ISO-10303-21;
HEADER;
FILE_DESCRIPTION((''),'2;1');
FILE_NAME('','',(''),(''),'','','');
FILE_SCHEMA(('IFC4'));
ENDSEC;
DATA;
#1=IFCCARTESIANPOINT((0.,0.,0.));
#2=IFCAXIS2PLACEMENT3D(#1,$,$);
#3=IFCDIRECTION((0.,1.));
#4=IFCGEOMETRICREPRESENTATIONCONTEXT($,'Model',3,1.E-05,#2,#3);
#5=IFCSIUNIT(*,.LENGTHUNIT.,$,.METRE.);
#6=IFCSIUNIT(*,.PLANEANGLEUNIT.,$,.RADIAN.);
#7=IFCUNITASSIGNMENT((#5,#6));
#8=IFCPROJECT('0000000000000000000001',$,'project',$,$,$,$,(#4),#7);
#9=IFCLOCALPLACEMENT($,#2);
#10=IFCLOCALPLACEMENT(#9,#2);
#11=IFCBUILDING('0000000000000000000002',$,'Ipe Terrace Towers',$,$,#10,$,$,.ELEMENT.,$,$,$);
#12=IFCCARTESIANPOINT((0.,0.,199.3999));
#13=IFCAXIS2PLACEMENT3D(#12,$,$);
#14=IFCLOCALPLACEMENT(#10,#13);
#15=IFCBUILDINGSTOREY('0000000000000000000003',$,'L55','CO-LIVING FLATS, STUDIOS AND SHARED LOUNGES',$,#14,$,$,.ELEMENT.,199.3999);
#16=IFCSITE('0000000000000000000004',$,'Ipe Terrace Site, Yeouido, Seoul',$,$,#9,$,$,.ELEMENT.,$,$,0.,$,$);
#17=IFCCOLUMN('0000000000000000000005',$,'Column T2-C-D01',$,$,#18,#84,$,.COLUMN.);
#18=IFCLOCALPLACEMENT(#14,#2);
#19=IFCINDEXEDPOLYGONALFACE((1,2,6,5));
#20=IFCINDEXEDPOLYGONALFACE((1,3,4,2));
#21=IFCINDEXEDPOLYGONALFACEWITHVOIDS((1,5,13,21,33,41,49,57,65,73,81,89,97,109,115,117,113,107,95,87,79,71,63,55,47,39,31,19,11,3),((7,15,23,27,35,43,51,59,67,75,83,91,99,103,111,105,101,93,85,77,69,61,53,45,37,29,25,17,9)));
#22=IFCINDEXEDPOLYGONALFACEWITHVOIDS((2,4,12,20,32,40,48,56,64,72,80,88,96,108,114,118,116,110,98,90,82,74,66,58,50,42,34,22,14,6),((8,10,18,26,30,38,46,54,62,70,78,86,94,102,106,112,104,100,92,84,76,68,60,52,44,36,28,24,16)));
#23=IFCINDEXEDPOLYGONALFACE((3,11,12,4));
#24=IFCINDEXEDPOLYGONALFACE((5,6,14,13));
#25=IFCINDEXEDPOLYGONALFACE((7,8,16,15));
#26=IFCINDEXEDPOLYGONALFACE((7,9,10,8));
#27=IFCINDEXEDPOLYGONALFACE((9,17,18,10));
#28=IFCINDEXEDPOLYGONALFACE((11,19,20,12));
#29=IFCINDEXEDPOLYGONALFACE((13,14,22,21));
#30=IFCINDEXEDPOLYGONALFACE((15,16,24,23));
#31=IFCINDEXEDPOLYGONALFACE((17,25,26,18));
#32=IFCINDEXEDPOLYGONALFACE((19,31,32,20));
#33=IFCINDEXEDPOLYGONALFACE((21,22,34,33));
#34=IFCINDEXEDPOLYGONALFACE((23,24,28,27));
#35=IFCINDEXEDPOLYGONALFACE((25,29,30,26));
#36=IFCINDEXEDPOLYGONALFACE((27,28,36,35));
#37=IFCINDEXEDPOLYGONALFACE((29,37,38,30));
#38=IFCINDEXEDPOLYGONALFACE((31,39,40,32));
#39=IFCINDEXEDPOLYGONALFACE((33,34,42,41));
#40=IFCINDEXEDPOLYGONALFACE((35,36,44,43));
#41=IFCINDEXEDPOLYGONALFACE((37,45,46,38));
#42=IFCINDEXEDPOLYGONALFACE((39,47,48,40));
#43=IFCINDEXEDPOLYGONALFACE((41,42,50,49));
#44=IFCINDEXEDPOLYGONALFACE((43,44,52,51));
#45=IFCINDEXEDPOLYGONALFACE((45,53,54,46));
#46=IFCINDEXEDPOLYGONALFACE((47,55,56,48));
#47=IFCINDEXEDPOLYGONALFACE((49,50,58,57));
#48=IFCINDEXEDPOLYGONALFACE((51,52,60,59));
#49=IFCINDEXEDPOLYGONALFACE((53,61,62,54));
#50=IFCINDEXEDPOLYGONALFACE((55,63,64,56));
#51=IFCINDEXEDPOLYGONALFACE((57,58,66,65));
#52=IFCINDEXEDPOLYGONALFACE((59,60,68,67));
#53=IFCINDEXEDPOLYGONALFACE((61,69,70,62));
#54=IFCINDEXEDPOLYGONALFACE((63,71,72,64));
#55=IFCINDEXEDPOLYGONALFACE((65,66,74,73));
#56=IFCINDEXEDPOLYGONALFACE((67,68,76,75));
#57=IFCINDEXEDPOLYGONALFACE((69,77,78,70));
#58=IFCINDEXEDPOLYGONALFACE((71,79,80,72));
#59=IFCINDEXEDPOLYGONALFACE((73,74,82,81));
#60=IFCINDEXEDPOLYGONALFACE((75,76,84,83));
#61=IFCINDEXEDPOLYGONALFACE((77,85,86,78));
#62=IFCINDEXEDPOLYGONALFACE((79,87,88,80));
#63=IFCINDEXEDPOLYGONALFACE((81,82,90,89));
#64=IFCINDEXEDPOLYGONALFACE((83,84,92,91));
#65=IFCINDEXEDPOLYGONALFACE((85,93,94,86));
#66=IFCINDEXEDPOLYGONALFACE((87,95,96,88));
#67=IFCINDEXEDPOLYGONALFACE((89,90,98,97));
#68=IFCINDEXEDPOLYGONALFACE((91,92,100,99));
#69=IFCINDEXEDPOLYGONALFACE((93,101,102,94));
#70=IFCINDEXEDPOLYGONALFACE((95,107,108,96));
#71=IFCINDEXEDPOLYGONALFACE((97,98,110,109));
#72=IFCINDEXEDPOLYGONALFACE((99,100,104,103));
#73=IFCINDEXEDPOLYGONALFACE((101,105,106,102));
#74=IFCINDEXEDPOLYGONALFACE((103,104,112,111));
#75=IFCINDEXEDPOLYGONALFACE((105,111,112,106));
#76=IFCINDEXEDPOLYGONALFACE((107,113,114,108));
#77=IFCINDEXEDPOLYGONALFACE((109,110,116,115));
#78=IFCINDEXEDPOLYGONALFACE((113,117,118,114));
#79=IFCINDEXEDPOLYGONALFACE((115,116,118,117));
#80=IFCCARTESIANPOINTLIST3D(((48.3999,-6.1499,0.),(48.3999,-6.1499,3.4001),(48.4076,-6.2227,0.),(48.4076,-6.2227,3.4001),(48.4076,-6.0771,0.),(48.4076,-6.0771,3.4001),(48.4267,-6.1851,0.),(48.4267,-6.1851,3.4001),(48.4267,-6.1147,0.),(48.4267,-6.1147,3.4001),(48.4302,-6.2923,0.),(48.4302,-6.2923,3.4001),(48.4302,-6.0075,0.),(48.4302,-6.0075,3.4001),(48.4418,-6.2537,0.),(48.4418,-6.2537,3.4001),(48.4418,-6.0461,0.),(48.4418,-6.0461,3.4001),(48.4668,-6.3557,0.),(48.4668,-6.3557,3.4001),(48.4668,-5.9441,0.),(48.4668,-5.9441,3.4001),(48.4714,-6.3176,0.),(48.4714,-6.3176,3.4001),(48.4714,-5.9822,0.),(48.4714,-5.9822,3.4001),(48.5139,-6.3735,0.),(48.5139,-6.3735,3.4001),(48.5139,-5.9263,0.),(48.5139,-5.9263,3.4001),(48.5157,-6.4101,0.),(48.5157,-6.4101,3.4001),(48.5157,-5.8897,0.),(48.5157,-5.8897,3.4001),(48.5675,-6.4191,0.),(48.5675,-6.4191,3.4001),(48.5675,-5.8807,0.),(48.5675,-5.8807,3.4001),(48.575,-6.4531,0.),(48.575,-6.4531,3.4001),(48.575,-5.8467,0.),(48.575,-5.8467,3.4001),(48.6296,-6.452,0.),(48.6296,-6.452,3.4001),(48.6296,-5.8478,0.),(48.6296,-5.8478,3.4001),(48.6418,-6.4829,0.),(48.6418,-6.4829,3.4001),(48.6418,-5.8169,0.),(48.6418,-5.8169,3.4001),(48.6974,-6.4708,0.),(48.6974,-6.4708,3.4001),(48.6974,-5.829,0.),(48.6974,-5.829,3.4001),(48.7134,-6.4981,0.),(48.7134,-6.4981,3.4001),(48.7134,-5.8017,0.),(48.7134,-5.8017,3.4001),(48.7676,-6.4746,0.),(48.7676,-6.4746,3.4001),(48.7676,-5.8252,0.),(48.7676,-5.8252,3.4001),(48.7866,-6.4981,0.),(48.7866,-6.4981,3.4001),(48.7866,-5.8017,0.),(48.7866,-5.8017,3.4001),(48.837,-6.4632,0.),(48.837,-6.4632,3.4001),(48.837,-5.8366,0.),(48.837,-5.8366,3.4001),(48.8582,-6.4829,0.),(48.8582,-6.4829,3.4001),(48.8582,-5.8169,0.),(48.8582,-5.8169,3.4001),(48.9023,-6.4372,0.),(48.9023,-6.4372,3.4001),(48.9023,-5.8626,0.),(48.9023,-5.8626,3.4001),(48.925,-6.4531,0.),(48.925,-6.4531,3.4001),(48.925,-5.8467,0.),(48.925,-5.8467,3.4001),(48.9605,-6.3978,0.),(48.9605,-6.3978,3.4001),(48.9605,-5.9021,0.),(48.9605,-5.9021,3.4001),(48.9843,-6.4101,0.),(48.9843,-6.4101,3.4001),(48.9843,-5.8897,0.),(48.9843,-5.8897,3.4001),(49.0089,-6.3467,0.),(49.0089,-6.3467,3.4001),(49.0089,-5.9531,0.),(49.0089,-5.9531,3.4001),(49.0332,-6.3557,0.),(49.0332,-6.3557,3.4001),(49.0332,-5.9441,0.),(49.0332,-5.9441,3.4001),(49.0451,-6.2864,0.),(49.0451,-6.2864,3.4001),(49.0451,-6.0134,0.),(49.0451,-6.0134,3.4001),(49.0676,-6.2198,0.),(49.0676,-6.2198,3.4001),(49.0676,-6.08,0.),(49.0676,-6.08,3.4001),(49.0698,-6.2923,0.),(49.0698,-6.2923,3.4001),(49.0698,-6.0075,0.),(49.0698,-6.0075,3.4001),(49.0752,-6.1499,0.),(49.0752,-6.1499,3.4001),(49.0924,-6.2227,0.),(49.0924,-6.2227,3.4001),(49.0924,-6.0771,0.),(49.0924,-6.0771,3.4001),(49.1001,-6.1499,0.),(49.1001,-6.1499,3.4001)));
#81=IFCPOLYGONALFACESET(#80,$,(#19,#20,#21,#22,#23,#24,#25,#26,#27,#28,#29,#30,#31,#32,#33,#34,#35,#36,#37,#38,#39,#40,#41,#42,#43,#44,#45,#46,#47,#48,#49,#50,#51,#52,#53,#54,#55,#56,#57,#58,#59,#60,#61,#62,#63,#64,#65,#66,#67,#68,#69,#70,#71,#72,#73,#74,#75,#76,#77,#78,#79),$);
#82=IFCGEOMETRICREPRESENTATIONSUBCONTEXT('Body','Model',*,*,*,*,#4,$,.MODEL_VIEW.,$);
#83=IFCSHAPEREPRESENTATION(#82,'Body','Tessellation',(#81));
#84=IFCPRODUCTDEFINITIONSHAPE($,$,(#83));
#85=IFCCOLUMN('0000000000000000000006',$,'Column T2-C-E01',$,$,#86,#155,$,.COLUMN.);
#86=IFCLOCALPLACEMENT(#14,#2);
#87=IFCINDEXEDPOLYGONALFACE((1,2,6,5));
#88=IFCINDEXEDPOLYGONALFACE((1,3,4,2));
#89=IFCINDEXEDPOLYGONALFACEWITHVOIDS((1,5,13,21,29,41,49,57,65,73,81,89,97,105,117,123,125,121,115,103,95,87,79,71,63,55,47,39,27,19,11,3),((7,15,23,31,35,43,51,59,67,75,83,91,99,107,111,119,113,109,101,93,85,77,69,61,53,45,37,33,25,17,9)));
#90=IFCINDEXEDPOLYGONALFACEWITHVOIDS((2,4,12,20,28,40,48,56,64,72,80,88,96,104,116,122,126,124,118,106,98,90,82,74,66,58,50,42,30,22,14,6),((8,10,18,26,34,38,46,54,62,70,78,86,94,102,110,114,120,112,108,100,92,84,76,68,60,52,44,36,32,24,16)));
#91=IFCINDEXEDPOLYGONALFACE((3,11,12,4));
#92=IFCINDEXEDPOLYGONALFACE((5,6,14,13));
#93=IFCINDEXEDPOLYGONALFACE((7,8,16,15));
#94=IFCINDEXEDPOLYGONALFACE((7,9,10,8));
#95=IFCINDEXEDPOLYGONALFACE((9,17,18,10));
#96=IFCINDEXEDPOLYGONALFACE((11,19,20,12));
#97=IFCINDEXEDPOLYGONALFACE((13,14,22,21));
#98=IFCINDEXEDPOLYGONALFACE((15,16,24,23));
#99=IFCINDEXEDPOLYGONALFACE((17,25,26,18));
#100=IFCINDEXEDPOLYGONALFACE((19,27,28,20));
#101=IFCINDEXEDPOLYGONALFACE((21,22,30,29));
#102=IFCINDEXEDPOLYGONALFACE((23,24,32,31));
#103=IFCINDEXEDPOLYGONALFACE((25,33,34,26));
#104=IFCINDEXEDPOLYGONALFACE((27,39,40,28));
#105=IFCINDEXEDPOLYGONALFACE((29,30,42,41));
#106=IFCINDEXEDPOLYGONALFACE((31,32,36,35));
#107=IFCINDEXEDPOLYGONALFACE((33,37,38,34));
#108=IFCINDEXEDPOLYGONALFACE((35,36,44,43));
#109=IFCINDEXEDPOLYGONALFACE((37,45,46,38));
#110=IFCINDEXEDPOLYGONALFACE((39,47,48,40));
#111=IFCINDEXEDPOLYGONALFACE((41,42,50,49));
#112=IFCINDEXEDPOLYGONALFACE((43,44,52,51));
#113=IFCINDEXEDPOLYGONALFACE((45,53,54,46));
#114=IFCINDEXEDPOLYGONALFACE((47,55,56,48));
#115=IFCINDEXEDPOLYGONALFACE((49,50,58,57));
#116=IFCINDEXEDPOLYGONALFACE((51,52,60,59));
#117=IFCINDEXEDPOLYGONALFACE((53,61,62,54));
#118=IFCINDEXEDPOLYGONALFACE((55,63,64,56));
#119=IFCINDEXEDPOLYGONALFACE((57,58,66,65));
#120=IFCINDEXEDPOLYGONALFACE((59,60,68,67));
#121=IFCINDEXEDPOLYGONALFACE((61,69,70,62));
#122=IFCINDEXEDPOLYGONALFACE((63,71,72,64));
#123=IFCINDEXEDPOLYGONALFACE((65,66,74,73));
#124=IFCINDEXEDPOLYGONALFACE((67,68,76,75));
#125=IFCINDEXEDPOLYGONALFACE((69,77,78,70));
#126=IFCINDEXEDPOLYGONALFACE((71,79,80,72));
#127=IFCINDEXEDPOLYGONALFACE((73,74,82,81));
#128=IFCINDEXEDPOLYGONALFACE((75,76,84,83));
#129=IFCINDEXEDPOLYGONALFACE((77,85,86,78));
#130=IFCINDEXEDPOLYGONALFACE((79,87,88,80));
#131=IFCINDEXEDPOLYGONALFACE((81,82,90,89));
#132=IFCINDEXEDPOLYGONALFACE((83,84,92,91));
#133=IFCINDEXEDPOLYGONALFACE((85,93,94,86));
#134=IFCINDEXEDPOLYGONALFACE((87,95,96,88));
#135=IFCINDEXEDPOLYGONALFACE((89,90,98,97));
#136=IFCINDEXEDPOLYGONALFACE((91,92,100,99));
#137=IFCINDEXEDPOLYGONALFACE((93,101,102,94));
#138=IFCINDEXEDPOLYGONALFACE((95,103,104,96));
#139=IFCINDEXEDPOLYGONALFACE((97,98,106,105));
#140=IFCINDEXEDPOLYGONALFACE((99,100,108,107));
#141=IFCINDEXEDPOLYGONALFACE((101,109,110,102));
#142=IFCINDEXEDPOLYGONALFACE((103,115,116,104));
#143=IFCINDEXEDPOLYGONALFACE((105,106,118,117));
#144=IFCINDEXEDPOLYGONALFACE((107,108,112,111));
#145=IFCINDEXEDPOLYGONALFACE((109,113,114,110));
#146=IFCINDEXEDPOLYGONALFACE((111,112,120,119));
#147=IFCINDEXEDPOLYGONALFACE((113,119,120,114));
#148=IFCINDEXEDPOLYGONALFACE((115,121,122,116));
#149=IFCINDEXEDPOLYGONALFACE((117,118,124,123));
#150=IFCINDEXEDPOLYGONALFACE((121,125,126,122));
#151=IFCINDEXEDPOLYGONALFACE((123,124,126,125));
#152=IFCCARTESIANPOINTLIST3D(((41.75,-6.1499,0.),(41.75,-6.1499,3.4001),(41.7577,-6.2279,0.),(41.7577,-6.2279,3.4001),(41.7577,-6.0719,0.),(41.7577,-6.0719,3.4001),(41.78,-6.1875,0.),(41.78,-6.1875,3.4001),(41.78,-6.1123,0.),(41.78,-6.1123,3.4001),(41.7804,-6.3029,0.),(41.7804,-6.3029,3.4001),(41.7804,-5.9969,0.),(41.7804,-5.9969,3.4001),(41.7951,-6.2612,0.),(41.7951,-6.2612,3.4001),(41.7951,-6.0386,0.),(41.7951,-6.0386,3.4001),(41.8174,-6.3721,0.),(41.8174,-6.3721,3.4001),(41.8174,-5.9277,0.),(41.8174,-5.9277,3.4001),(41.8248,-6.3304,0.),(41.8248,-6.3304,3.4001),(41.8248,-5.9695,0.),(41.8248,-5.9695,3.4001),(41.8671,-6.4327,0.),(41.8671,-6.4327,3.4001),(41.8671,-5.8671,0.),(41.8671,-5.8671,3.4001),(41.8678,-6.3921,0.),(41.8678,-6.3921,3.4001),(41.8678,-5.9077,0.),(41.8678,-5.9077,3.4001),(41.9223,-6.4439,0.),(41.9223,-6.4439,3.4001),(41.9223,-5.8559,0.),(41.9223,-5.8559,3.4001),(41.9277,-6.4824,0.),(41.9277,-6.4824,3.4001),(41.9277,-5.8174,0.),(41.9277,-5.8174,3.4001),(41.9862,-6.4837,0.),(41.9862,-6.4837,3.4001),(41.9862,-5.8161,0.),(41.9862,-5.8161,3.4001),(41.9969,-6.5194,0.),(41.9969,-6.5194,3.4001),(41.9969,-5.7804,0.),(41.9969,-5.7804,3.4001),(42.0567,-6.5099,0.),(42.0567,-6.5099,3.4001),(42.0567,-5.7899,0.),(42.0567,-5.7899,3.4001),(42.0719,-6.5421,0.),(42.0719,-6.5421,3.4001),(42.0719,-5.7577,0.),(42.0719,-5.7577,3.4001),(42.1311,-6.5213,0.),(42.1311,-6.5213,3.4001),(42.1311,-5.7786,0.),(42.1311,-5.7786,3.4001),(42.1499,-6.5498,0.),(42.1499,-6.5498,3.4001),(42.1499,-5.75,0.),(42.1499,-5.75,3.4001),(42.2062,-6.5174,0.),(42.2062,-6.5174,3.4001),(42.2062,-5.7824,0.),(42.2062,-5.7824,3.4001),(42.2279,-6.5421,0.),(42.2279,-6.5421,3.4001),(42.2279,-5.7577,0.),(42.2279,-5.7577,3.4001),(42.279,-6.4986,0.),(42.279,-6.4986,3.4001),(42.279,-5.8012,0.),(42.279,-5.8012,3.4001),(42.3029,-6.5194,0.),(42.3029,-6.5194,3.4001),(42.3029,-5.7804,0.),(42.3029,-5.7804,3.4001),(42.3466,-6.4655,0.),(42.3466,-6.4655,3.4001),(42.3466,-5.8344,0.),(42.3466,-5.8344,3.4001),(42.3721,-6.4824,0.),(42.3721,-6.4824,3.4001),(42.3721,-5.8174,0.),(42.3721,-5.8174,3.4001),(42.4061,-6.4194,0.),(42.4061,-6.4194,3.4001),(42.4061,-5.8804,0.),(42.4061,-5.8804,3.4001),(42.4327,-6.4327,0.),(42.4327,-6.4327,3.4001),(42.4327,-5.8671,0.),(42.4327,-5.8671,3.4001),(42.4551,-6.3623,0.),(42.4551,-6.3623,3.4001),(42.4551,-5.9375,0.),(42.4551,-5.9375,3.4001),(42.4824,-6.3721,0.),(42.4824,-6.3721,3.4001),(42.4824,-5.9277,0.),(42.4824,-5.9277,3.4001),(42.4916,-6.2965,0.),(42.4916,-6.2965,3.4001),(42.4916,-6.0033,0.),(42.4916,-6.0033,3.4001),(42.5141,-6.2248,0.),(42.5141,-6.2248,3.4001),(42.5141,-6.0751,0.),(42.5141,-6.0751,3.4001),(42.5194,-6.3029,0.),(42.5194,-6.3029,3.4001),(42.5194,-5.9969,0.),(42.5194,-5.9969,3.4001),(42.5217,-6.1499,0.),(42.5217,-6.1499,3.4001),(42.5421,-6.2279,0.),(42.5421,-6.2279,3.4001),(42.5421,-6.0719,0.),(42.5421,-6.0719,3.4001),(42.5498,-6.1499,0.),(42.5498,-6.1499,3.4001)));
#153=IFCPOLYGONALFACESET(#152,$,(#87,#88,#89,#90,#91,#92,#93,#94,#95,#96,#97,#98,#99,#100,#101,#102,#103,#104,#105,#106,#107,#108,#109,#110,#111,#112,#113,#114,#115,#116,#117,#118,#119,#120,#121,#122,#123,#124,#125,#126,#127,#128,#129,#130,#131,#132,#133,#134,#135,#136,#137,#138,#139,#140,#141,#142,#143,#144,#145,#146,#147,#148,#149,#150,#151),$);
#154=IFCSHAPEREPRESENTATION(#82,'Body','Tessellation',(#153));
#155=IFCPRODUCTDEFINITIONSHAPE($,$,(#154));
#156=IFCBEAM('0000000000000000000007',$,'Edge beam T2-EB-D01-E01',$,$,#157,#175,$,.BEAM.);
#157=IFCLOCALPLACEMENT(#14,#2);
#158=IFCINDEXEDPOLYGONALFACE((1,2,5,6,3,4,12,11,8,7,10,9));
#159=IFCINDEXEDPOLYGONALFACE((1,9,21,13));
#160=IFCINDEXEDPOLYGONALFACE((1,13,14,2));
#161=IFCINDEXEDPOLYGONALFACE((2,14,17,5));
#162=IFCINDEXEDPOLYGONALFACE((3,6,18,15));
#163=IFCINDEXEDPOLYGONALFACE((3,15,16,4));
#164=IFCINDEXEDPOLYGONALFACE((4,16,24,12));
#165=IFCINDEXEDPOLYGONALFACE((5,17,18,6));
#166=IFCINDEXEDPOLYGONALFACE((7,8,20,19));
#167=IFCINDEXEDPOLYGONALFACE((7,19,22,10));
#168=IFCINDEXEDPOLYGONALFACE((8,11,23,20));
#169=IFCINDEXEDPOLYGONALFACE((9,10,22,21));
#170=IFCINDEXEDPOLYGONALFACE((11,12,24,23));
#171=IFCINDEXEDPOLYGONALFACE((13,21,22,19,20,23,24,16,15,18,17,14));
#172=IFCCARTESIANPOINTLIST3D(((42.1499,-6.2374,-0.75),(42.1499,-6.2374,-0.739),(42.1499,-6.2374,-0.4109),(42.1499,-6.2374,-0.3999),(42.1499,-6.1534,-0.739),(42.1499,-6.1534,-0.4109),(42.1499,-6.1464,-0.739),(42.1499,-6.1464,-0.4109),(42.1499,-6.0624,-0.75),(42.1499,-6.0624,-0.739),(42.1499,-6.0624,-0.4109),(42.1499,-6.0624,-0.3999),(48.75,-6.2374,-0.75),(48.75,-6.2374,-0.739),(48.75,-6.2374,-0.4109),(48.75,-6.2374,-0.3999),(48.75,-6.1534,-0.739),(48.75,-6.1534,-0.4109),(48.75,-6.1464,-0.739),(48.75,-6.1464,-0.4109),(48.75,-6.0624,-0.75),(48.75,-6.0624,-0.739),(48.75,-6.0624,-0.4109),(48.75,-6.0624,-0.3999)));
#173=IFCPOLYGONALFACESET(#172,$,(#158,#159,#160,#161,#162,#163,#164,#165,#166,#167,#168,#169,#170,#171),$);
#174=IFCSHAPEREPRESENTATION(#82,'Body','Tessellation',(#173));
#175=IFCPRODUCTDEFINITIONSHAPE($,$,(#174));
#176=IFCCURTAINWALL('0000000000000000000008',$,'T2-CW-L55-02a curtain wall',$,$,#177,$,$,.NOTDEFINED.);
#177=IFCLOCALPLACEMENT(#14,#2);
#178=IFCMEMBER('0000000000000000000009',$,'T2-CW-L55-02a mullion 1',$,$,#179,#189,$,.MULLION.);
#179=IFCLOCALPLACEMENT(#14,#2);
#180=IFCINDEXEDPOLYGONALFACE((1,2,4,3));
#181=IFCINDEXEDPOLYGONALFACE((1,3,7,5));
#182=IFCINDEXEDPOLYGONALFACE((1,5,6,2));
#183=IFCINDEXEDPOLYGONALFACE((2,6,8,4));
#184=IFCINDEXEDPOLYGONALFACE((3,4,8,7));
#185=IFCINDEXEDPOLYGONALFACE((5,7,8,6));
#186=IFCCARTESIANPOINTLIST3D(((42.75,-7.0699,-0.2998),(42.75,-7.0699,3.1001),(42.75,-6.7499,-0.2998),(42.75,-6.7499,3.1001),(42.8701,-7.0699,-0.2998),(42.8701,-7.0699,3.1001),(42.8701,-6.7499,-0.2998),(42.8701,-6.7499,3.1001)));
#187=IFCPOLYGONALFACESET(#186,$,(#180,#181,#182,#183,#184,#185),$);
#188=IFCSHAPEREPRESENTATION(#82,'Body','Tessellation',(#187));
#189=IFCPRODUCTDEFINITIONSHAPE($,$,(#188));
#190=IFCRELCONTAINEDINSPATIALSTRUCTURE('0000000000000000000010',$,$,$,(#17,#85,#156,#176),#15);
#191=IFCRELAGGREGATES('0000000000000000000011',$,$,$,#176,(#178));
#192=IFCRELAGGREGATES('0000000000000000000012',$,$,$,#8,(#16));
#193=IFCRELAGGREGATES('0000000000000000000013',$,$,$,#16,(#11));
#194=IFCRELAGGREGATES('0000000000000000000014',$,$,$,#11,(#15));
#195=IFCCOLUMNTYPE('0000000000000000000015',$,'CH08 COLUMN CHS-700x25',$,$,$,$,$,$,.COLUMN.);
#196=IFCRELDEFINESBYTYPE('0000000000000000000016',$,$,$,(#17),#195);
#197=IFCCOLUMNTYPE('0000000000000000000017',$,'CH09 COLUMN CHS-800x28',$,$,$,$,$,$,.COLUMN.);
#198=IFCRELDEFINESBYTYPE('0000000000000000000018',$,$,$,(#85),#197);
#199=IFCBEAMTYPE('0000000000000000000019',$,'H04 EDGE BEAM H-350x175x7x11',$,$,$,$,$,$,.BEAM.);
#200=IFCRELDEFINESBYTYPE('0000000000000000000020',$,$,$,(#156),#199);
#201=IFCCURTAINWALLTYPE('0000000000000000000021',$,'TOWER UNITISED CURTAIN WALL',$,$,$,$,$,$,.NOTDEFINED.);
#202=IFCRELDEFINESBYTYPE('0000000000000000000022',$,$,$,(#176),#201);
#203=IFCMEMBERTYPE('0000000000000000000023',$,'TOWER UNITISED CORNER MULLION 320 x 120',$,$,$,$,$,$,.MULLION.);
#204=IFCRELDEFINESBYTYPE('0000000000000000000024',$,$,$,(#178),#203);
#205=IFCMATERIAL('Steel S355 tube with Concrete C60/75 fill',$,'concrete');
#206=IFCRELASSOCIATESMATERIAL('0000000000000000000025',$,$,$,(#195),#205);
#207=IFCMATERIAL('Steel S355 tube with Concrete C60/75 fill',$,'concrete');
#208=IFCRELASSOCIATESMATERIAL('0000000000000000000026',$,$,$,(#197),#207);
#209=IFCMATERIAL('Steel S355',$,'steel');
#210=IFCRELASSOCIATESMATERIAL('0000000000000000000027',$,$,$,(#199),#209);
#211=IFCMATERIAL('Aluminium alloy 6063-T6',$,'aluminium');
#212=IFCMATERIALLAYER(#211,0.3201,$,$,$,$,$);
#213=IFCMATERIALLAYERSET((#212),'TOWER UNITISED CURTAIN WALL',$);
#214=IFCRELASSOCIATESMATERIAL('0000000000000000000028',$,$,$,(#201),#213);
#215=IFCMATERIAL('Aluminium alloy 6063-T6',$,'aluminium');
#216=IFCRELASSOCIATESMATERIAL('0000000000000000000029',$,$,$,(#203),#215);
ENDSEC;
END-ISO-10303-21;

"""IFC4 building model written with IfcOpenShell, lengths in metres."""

from ifc_helpers import new_model, si_unit, direction, frame, origin, origin_2d, place, context, subcontext, project, spatial, rectangle, hollow_circle, i_section, extrude, material, layer, layer_set, material_profile, profile_set, type_object, element, aggregate, save


model = new_model("IFC4")

# Units and contexts
model_context = context("Model", 3, precision=1e-05, world=origin(), true_north=direction((0.0, 1.0)))
body_context = subcontext(model_context, "Body", "Model", "MODEL_VIEW")
ifc_project = project(units=[si_unit("LENGTHUNIT", "METRE"), si_unit("PLANEANGLEUNIT", "RADIAN")], contexts=[model_context])

# Site, building, storey
site_placement = place(None, origin())
site = spatial("IfcSite", under=ifc_project, at=site_placement, Name="Ipe Terrace Site, Yeouido, Seoul", CompositionType="ELEMENT", RefElevation=0.0)
building_placement = place(site_placement, origin())
building = spatial("IfcBuilding", under=site, at=building_placement, Name="Ipe Terrace Towers", CompositionType="ELEMENT")
storey_placement = place(building_placement, frame((0.0, 0.0, 199.3999)))
storey = spatial("IfcBuildingStorey", under=building, at=storey_placement, Name="L55", Description="CO-LIVING FLATS, STUDIOS AND SHARED LOUNGES", CompositionType="ELEMENT", Elevation=199.3999)

# Columns
ifc_material_1 = material(Name="Steel S355 tube with Concrete C60/75 fill", Category="concrete")
ifc_material_profile_1 = material_profile(ifc_material_1, hollow_circle(Radius=0.3501, WallThickness=0.0249, at=origin_2d()), Name="CHS-700x25")
ifc_profile_set_1 = profile_set([ifc_material_profile_1], Name="Steel S355 tube with Concrete C60/75 fill")
column_type_1 = type_object("IfcColumnType", Name="CH08 COLUMN CHS-700x25", PredefinedType="COLUMN", material=ifc_profile_set_1)
column_1_placement = place(storey_placement, frame((48.75, -6.1499, 0.0), z_axis=(0.0, 0.0, 1.0), x_axis=(1.0, 0.0, 0.0)))
element("IfcColumn", 1, at=column_1_placement, inside=storey, type_object=column_type_1, Name="Column T2-C-D01", PredefinedType="COLUMN", context=body_context, shape_type="SweptSolid", body=[
    extrude(hollow_circle(Radius=0.3501, WallThickness=0.0249, at=origin_2d()), origin(), (0.0, 0.0, 1.0), 3.4001),
])
ifc_material_2 = material(Name="Steel S355 tube with Concrete C60/75 fill", Category="concrete")
ifc_material_profile_2 = material_profile(ifc_material_2, hollow_circle(Radius=0.3999, WallThickness=0.0281, at=origin_2d()), Name="CHS-800x28")
ifc_profile_set_2 = profile_set([ifc_material_profile_2], Name="Steel S355 tube with Concrete C60/75 fill")
column_type_2 = type_object("IfcColumnType", Name="CH09 COLUMN CHS-800x28", PredefinedType="COLUMN", material=ifc_profile_set_2)
column_2_placement = place(storey_placement, frame((42.1499, -6.1499, 0.0), z_axis=(0.0, 0.0, 1.0), x_axis=(1.0, 0.0, 0.0)))
element("IfcColumn", 2, at=column_2_placement, inside=storey, type_object=column_type_2, Name="Column T2-C-E01", PredefinedType="COLUMN", context=body_context, shape_type="SweptSolid", body=[
    extrude(hollow_circle(Radius=0.3999, WallThickness=0.0281, at=origin_2d()), origin(), (0.0, 0.0, 1.0), 3.4001),
])

# Beam
ifc_material_3 = material(Name="Steel S355", Category="steel")
ifc_material_profile_3 = material_profile(ifc_material_3, i_section(OverallWidth=0.175, OverallDepth=0.3501, WebThickness=0.0071, FlangeThickness=0.011, at=origin_2d()), Name="H-350x175x7x11")
ifc_profile_set_3 = profile_set([ifc_material_profile_3], Name="Steel S355")
beam_type = type_object("IfcBeamType", Name="H04 EDGE BEAM H-350x175x7x11", PredefinedType="BEAM", material=ifc_profile_set_3)
beam_placement = place(storey_placement, frame((48.75, -6.1499, -0.575), z_axis=(-1.0, 0.0, 0.0), x_axis=(0.0, -1.0, 0.0)))
element("IfcBeam", 3, at=beam_placement, inside=storey, type_object=beam_type, Name="Edge beam T2-EB-D01-E01", PredefinedType="BEAM", context=body_context, shape_type="SweptSolid", body=[
    extrude(i_section(OverallWidth=0.175, OverallDepth=0.3501, WebThickness=0.0071, FlangeThickness=0.011, at=origin_2d()), origin(), (0.0, 0.0, 1.0), 6.6001),
])

# Curtain wall, member
ifc_material_4 = material(Name="Aluminium alloy 6063-T6", Category="aluminium")
ifc_layer_1 = layer(ifc_material_4, 0.3201)
ifc_layer_set_1 = layer_set([ifc_layer_1], Name="TOWER UNITISED CURTAIN WALL")
curtain_wall_type = type_object("IfcCurtainWallType", Name="TOWER UNITISED CURTAIN WALL", PredefinedType="NOTDEFINED", material=ifc_layer_set_1)
curtain_wall_1_placement = place(storey_placement, origin())
curtain_wall_1 = element("IfcCurtainWall", 4, at=curtain_wall_1_placement, inside=storey, type_object=curtain_wall_type, Name="T2-CW-L55-02a curtain wall", PredefinedType="NOTDEFINED")
ifc_material_5 = material(Name="Aluminium alloy 6063-T6", Category="aluminium")
ifc_material_profile_4 = material_profile(ifc_material_5, rectangle(XDim=0.3201, YDim=0.1201, at=origin_2d()), Name="TOWER UNITISED CORNER MULLION 320 x 120")
ifc_profile_set_4 = profile_set([ifc_material_profile_4], Name="Aluminium alloy 6063-T6")
member_type = type_object("IfcMemberType", Name="TOWER UNITISED CORNER MULLION 320 x 120", PredefinedType="MULLION", material=ifc_profile_set_4)
member_1_placement = place(storey_placement, frame((42.8101, -6.9099, -0.2998), z_axis=(0.0, 0.0, 1.0), x_axis=(0.0, -1.0, 0.0)))
member_1 = element("IfcMember", 5, at=member_1_placement, type_object=member_type, Name="T2-CW-L55-02a mullion 1", PredefinedType="MULLION", context=body_context, shape_type="SweptSolid", body=[
    extrude(rectangle(XDim=0.3201, YDim=0.1201, at=origin_2d()), origin(), (0.0, 0.0, 1.0), 3.3999),
])

aggregate(curtain_wall_1, [member_1])

save(model, "model.ifc")
